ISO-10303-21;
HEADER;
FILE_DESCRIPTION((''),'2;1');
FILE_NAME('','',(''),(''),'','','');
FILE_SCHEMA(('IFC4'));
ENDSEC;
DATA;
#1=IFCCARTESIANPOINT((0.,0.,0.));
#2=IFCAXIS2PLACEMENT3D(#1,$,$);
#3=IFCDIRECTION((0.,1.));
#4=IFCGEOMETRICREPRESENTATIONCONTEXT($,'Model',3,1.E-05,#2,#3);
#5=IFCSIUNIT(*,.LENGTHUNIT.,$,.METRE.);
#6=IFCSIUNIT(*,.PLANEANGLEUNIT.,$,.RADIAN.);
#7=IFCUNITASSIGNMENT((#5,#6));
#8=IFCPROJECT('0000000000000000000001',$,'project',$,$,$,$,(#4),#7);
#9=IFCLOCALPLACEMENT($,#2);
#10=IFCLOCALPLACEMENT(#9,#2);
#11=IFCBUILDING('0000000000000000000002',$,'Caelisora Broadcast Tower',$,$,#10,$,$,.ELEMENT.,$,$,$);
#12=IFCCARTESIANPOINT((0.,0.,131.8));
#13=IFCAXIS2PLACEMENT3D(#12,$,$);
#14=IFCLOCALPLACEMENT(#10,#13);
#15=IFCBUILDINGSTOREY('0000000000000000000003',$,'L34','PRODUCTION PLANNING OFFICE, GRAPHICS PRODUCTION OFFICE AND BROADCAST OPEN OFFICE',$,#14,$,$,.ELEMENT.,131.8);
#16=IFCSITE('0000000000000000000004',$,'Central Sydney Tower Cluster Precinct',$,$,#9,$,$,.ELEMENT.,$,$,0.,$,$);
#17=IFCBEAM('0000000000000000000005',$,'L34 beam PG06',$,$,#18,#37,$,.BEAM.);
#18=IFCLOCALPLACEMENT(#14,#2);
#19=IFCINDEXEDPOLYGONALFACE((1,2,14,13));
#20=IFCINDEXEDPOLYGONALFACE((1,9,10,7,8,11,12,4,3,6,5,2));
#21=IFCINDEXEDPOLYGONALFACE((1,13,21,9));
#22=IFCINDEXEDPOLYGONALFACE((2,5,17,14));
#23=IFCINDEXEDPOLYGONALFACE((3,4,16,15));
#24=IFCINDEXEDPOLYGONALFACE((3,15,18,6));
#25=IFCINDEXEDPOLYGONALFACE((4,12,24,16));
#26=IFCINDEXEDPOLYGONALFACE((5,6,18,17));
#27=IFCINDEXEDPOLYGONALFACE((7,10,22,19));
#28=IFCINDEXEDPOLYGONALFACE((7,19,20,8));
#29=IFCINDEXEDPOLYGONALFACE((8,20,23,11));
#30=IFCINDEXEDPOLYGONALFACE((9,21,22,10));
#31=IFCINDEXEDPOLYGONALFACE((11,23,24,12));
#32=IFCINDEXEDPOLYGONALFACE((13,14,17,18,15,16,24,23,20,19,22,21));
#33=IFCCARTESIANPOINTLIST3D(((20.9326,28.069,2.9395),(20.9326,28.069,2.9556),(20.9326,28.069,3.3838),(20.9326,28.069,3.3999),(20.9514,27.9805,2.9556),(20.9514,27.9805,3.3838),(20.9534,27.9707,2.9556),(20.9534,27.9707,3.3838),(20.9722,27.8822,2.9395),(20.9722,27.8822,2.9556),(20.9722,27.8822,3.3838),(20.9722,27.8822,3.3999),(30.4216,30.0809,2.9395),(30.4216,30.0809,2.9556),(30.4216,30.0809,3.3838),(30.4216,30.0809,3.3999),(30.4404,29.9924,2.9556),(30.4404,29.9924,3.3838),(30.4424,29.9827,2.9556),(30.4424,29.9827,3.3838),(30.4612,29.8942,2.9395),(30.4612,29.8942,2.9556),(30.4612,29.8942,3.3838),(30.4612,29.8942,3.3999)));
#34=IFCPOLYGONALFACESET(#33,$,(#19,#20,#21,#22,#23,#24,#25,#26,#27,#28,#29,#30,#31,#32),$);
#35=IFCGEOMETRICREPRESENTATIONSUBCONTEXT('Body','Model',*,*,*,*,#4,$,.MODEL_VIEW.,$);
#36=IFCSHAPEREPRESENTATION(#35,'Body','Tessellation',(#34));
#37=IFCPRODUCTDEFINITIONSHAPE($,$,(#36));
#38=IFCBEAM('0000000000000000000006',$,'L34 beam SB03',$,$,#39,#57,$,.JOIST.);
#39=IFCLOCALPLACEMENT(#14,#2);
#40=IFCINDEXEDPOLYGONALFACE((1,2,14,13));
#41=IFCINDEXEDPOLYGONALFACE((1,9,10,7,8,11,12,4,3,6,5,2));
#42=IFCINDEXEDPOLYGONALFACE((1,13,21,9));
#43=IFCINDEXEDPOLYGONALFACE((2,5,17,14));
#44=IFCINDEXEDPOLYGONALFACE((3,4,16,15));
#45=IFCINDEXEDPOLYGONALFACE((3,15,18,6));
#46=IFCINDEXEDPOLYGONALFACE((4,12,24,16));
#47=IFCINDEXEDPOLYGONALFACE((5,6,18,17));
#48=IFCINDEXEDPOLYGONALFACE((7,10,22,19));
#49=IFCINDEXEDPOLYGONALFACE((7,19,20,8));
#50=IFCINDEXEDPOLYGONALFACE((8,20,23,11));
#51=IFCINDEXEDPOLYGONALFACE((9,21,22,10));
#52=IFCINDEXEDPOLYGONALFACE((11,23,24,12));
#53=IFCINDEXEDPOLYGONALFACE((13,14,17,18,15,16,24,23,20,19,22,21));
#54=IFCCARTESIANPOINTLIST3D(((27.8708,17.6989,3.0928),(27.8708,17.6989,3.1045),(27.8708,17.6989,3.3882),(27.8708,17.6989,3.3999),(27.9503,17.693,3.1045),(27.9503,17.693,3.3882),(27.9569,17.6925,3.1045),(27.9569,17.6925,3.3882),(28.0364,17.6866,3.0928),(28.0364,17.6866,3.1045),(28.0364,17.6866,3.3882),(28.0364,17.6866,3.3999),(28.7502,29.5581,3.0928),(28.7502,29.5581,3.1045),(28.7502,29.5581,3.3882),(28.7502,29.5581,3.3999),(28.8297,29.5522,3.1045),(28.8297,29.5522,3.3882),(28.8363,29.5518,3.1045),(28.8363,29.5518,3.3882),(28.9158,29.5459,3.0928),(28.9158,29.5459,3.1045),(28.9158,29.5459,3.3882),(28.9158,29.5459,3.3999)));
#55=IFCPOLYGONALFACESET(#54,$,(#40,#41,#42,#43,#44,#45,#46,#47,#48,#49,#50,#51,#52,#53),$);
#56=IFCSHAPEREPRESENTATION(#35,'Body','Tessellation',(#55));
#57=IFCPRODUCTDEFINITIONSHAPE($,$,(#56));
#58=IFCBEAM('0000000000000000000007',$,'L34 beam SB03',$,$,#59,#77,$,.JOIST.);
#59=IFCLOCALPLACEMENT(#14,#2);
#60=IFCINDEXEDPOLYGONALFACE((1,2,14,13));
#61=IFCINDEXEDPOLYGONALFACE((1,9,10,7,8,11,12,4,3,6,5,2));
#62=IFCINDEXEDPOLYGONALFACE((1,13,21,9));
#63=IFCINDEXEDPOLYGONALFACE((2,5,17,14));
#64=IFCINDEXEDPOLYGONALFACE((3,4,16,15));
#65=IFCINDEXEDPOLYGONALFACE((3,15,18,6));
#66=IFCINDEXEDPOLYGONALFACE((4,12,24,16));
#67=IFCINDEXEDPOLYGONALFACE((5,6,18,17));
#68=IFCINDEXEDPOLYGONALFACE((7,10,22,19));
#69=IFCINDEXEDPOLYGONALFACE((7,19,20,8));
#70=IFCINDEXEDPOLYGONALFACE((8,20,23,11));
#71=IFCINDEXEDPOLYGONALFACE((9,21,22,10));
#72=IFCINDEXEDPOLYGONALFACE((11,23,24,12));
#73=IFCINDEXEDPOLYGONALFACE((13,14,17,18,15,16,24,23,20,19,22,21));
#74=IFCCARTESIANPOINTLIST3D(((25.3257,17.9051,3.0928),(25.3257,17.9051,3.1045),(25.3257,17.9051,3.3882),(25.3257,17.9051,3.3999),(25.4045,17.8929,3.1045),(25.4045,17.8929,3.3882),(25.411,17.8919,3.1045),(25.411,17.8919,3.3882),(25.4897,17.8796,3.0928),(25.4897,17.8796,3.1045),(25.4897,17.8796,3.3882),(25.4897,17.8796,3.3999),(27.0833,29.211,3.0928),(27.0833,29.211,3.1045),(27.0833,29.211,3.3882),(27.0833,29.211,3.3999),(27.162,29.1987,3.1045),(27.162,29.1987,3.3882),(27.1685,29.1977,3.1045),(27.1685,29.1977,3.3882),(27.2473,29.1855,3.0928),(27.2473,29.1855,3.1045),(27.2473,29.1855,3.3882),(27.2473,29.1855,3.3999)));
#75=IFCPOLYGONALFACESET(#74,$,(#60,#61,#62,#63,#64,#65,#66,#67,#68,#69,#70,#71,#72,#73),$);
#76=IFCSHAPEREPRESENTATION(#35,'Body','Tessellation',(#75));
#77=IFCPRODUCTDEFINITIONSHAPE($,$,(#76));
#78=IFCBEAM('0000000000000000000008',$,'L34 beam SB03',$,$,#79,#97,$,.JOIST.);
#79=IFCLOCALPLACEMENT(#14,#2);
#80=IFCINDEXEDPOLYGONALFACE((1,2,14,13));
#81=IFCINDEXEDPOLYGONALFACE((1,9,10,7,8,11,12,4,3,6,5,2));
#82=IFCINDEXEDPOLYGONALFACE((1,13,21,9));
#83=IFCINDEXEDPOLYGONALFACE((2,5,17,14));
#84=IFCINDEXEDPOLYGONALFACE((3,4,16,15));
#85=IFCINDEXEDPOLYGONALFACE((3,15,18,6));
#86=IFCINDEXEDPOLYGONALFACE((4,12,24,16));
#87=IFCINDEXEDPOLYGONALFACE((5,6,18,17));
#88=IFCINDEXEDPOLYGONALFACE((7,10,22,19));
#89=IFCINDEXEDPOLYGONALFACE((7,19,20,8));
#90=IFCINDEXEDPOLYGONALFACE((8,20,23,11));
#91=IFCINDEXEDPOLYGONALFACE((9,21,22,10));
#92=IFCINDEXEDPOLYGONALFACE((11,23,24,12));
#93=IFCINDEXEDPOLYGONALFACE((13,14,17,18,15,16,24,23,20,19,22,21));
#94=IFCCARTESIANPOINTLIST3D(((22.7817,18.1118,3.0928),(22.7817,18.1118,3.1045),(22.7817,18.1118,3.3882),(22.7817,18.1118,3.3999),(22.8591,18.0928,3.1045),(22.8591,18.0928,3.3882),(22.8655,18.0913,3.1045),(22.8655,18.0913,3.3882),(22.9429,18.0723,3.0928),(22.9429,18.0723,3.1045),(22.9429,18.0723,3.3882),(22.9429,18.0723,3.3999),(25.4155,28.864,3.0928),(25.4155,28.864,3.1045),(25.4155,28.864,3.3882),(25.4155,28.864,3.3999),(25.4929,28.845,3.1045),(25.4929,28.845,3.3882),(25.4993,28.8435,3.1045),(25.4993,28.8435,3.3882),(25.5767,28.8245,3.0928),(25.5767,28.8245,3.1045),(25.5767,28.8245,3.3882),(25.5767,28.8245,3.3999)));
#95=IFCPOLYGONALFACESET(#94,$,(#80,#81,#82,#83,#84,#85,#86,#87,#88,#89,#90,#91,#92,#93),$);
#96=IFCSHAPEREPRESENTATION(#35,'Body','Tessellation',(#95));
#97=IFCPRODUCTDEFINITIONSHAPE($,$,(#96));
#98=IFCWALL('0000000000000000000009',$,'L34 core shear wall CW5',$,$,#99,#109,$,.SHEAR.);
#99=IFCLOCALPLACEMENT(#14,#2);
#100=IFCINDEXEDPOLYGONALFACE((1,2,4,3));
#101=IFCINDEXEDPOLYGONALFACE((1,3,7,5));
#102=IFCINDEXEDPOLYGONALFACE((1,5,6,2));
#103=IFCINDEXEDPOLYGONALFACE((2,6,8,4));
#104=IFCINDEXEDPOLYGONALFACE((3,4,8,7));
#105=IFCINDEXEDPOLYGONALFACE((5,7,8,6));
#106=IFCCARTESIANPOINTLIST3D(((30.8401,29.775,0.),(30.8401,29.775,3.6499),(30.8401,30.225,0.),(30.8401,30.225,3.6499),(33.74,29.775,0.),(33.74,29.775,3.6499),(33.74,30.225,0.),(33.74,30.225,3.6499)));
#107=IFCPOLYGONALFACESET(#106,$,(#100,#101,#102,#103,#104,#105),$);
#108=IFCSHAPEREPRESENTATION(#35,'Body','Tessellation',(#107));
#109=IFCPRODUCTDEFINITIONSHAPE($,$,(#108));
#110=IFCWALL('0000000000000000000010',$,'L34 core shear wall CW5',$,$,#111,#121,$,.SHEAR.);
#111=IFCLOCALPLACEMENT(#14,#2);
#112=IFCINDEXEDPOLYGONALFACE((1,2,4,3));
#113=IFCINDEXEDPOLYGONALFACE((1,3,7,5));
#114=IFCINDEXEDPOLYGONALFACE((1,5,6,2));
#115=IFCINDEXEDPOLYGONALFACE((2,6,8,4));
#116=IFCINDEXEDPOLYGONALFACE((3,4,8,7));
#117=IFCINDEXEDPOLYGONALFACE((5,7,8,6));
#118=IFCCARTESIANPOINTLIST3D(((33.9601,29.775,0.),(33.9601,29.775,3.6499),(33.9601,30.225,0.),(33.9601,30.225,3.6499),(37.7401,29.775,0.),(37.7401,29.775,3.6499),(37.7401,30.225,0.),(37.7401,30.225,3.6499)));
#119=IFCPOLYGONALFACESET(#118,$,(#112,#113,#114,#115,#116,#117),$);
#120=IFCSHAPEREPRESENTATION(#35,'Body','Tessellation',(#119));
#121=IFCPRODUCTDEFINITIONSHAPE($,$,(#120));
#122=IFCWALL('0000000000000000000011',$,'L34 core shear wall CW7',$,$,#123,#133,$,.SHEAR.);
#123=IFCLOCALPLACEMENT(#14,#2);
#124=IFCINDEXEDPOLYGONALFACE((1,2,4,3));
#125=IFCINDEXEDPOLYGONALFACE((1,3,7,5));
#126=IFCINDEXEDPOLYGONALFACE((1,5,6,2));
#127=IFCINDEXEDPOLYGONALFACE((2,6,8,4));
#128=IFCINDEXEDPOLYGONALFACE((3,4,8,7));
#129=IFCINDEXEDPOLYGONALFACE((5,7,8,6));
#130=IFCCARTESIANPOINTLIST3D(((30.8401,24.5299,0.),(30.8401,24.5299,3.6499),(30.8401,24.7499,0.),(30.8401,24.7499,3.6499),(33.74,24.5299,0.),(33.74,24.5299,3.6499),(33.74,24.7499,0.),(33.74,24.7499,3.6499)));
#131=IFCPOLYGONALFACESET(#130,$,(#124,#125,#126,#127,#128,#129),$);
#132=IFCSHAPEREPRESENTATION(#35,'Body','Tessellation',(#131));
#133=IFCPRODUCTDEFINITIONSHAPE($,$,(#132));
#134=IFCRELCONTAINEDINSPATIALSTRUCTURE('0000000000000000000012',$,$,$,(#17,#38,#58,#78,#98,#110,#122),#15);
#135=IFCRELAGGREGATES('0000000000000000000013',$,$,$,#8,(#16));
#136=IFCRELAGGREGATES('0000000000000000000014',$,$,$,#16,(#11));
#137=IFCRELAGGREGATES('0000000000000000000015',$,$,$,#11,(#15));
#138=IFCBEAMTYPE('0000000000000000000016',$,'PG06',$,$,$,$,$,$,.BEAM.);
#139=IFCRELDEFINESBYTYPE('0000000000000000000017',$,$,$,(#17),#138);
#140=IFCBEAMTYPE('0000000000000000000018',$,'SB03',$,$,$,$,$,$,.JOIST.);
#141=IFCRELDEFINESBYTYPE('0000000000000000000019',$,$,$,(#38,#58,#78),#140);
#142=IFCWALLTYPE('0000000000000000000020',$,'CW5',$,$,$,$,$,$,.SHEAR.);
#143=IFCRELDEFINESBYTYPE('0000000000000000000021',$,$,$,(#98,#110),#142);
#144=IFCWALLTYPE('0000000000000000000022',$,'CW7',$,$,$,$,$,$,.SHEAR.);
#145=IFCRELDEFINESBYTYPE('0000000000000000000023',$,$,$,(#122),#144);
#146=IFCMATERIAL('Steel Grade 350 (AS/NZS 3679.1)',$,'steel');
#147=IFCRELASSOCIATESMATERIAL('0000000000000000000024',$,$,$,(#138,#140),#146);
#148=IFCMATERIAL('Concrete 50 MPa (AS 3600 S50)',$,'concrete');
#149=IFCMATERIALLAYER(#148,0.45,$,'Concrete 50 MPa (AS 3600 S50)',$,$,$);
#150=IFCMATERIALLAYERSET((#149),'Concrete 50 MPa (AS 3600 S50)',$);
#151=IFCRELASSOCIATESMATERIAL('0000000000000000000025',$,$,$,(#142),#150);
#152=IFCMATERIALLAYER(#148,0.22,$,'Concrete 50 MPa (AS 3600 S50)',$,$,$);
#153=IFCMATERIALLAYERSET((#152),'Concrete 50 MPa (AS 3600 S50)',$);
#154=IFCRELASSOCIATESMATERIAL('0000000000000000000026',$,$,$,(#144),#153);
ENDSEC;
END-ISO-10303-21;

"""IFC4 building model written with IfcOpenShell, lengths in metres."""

from ifc_helpers import new_model, si_unit, direction, frame, frame_2d, origin, origin_2d, place, context, subcontext, project, spatial, rectangle, i_section, extrude, source, transform, mapped, material, layer, layer_set, material_profile, profile_set, type_object, type_shapes, element, save


model = new_model("IFC4")

# Units and contexts
model_context = context("Model", 3, precision=1e-05, world=origin(), true_north=direction((0.0, 1.0)))
body_context = subcontext(model_context, "Body", "Model", "MODEL_VIEW")
ifc_project = project(units=[si_unit("LENGTHUNIT", "METRE"), si_unit("PLANEANGLEUNIT", "RADIAN")], contexts=[model_context])

# Site, building, storey
site_placement = place(None, origin())
site = spatial("IfcSite", under=ifc_project, at=site_placement, Name="Central Sydney Tower Cluster Precinct", CompositionType="ELEMENT", RefElevation=0.0)
building_placement = place(site_placement, origin())
building = spatial("IfcBuilding", under=site, at=building_placement, Name="Caelisora Broadcast Tower", CompositionType="ELEMENT")
storey_placement = place(building_placement, frame((0.0, 0.0, 131.8)))
storey = spatial("IfcBuildingStorey", under=building, at=storey_placement, Name="L34", Description="PRODUCTION PLANNING OFFICE, GRAPHICS PRODUCTION OFFICE AND BROADCAST OPEN OFFICE", CompositionType="ELEMENT", Elevation=131.8)

# Beams
ifc_material_1 = material(Name="Concrete 50 MPa (AS 3600 S50)", Category="concrete")
ifc_material_2 = material(Name="Steel Grade 350 (AS/NZS 3679.1)", Category="steel")
ifc_material_profile_1 = material_profile(ifc_material_2, i_section(OverallWidth=0.1909, OverallDepth=0.4604, WebThickness=0.01, FlangeThickness=0.0161, at=origin_2d()), Name="Steel Grade 350 (AS/NZS 3679.1)")
ifc_profile_set_1 = profile_set([ifc_material_profile_1], Name="Steel Grade 350 (AS/NZS 3679.1)")
beam_type_1 = type_object("IfcBeamType", Name="PG06", PredefinedType="BEAM", material=ifc_profile_set_1)
shared_shape_1 = source(origin(), body_context, "Body", "SweptSolid", [
    extrude(i_section(OverallWidth=0.1909, OverallDepth=0.4604, WebThickness=0.01, FlangeThickness=0.0161, at=origin_2d()), origin(), (0.0, 0.0, 1.0), 9.7),
])
beam_1_placement = place(storey_placement, frame((30.4414, 29.9875, 3.1697), z_axis=(-0.978252, -0.20742, 0.0), x_axis=(0.20742, -0.978252, 0.0)))
element("IfcBeam", 1, at=beam_1_placement, inside=storey, type_object=beam_type_1, Name="L34 beam PG06", PredefinedType="BEAM", context=body_context, shape_type="MappedRepresentation", body=[
    mapped(shared_shape_1, transform((0.0, 0.0, 0.0), scale=1.0)),
])
ifc_material_profile_2 = material_profile(ifc_material_2, i_section(OverallWidth=0.166, OverallDepth=0.3071, WebThickness=0.0066, FlangeThickness=0.0117, at=origin_2d()), Name="Steel Grade 350 (AS/NZS 3679.1)")
ifc_profile_set_2 = profile_set([ifc_material_profile_2], Name="Steel Grade 350 (AS/NZS 3679.1)")
beam_type_2 = type_object("IfcBeamType", Name="SB03", PredefinedType="JOIST", material=ifc_profile_set_2)
shared_shape_2 = source(origin(), body_context, "Body", "SweptSolid", [
    extrude(i_section(OverallWidth=0.166, OverallDepth=0.3071, WebThickness=0.0066, FlangeThickness=0.0117, at=origin_2d()), origin(), (0.0, 0.0, 1.0), 11.8918),
])
beam_2_placement = place(storey_placement, frame((28.833, 29.552, 3.2463), z_axis=(-0.073949, -0.997262, 0.0), x_axis=(0.997262, -0.073949, 0.0)))
element("IfcBeam", 2, at=beam_2_placement, inside=storey, type_object=beam_type_2, Name="L34 beam SB03", PredefinedType="JOIST", context=body_context, shape_type="MappedRepresentation", body=[
    mapped(shared_shape_2, transform((0.0, 0.0, 0.0), scale=1.0)),
])
shared_shape_3 = source(origin(), body_context, "Body", "SweptSolid", [
    extrude(i_section(OverallWidth=0.166, OverallDepth=0.3071, WebThickness=0.0066, FlangeThickness=0.0117, at=origin_2d()), origin(), (0.0, 0.0, 1.0), 11.4417),
])
beam_3_placement = place(storey_placement, frame((27.1653, 29.1982, 3.2463), z_axis=(-0.153611, -0.988131, 0.0), x_axis=(0.988131, -0.153611, 0.0)))
element("IfcBeam", 3, at=beam_3_placement, inside=storey, type_object=beam_type_2, Name="L34 beam SB03", PredefinedType="JOIST", context=body_context, shape_type="MappedRepresentation", body=[
    mapped(shared_shape_3, transform((0.0, 0.0, 0.0), scale=1.0)),
])
shared_shape_4 = source(origin(), body_context, "Body", "SweptSolid", [
    extrude(i_section(OverallWidth=0.166, OverallDepth=0.3071, WebThickness=0.0066, FlangeThickness=0.0117, at=origin_2d()), origin(), (0.0, 0.0, 1.0), 11.0701),
])
type_shapes(beam_type_2, [shared_shape_2, shared_shape_3, shared_shape_4])
beam_4_placement = place(storey_placement, frame((25.4961, 28.8442, 3.2463), z_axis=(-0.23792, -0.971285, 0.0), x_axis=(0.971285, -0.23792, 0.0)))
element("IfcBeam", 4, at=beam_4_placement, inside=storey, type_object=beam_type_2, Name="L34 beam SB03", PredefinedType="JOIST", context=body_context, shape_type="MappedRepresentation", body=[
    mapped(shared_shape_4, transform((0.0, 0.0, 0.0), scale=1.0)),
])

# Walls
ifc_layer_1 = layer(ifc_material_1, 0.45, Name="Concrete 50 MPa (AS 3600 S50)")
ifc_layer_set_1 = layer_set([ifc_layer_1], Name="Concrete 50 MPa (AS 3600 S50)")
wall_type_1 = type_object("IfcWallType", Name="CW5", PredefinedType="SHEAR", material=ifc_layer_set_1)
wall_1_placement = place(storey_placement, frame((30.8401, 30.0, 0.0), z_axis=(0.0, 0.0, 1.0), x_axis=(1.0, 0.0, 0.0)))
element("IfcWall", 5, at=wall_1_placement, inside=storey, type_object=wall_type_1, Name="L34 core shear wall CW5", PredefinedType="SHEAR", context=body_context, shape_type="SweptSolid", body=[
    extrude(rectangle(XDim=2.8999, YDim=0.45, at=frame_2d((1.45, 0.0))), origin(), (0.0, 0.0, 1.0), 3.6499),
])
wall_2_placement = place(storey_placement, frame((33.96, 30.0, 0.0), z_axis=(0.0, 0.0, 1.0), x_axis=(1.0, 0.0, 0.0)))
element("IfcWall", 6, at=wall_2_placement, inside=storey, type_object=wall_type_1, Name="L34 core shear wall CW5", PredefinedType="SHEAR", context=body_context, shape_type="SweptSolid", body=[
    extrude(rectangle(XDim=3.78, YDim=0.45, at=frame_2d((1.8901, 0.0))), origin(), (0.0, 0.0, 1.0), 3.6499),
])
ifc_layer_2 = layer(ifc_material_1, 0.22, Name="Concrete 50 MPa (AS 3600 S50)")
ifc_layer_set_2 = layer_set([ifc_layer_2], Name="Concrete 50 MPa (AS 3600 S50)")
wall_type_2 = type_object("IfcWallType", Name="CW7", PredefinedType="SHEAR", material=ifc_layer_set_2)
wall_3_placement = place(storey_placement, frame((30.8401, 24.6399, 0.0), z_axis=(0.0, 0.0, 1.0), x_axis=(1.0, 0.0, 0.0)))
element("IfcWall", 7, at=wall_3_placement, inside=storey, type_object=wall_type_2, Name="L34 core shear wall CW7", PredefinedType="SHEAR", context=body_context, shape_type="SweptSolid", body=[
    extrude(rectangle(XDim=2.8999, YDim=0.22, at=frame_2d((1.45, 0.0))), origin(), (0.0, 0.0, 1.0), 3.6499),
])

save(model, "model.ifc")
